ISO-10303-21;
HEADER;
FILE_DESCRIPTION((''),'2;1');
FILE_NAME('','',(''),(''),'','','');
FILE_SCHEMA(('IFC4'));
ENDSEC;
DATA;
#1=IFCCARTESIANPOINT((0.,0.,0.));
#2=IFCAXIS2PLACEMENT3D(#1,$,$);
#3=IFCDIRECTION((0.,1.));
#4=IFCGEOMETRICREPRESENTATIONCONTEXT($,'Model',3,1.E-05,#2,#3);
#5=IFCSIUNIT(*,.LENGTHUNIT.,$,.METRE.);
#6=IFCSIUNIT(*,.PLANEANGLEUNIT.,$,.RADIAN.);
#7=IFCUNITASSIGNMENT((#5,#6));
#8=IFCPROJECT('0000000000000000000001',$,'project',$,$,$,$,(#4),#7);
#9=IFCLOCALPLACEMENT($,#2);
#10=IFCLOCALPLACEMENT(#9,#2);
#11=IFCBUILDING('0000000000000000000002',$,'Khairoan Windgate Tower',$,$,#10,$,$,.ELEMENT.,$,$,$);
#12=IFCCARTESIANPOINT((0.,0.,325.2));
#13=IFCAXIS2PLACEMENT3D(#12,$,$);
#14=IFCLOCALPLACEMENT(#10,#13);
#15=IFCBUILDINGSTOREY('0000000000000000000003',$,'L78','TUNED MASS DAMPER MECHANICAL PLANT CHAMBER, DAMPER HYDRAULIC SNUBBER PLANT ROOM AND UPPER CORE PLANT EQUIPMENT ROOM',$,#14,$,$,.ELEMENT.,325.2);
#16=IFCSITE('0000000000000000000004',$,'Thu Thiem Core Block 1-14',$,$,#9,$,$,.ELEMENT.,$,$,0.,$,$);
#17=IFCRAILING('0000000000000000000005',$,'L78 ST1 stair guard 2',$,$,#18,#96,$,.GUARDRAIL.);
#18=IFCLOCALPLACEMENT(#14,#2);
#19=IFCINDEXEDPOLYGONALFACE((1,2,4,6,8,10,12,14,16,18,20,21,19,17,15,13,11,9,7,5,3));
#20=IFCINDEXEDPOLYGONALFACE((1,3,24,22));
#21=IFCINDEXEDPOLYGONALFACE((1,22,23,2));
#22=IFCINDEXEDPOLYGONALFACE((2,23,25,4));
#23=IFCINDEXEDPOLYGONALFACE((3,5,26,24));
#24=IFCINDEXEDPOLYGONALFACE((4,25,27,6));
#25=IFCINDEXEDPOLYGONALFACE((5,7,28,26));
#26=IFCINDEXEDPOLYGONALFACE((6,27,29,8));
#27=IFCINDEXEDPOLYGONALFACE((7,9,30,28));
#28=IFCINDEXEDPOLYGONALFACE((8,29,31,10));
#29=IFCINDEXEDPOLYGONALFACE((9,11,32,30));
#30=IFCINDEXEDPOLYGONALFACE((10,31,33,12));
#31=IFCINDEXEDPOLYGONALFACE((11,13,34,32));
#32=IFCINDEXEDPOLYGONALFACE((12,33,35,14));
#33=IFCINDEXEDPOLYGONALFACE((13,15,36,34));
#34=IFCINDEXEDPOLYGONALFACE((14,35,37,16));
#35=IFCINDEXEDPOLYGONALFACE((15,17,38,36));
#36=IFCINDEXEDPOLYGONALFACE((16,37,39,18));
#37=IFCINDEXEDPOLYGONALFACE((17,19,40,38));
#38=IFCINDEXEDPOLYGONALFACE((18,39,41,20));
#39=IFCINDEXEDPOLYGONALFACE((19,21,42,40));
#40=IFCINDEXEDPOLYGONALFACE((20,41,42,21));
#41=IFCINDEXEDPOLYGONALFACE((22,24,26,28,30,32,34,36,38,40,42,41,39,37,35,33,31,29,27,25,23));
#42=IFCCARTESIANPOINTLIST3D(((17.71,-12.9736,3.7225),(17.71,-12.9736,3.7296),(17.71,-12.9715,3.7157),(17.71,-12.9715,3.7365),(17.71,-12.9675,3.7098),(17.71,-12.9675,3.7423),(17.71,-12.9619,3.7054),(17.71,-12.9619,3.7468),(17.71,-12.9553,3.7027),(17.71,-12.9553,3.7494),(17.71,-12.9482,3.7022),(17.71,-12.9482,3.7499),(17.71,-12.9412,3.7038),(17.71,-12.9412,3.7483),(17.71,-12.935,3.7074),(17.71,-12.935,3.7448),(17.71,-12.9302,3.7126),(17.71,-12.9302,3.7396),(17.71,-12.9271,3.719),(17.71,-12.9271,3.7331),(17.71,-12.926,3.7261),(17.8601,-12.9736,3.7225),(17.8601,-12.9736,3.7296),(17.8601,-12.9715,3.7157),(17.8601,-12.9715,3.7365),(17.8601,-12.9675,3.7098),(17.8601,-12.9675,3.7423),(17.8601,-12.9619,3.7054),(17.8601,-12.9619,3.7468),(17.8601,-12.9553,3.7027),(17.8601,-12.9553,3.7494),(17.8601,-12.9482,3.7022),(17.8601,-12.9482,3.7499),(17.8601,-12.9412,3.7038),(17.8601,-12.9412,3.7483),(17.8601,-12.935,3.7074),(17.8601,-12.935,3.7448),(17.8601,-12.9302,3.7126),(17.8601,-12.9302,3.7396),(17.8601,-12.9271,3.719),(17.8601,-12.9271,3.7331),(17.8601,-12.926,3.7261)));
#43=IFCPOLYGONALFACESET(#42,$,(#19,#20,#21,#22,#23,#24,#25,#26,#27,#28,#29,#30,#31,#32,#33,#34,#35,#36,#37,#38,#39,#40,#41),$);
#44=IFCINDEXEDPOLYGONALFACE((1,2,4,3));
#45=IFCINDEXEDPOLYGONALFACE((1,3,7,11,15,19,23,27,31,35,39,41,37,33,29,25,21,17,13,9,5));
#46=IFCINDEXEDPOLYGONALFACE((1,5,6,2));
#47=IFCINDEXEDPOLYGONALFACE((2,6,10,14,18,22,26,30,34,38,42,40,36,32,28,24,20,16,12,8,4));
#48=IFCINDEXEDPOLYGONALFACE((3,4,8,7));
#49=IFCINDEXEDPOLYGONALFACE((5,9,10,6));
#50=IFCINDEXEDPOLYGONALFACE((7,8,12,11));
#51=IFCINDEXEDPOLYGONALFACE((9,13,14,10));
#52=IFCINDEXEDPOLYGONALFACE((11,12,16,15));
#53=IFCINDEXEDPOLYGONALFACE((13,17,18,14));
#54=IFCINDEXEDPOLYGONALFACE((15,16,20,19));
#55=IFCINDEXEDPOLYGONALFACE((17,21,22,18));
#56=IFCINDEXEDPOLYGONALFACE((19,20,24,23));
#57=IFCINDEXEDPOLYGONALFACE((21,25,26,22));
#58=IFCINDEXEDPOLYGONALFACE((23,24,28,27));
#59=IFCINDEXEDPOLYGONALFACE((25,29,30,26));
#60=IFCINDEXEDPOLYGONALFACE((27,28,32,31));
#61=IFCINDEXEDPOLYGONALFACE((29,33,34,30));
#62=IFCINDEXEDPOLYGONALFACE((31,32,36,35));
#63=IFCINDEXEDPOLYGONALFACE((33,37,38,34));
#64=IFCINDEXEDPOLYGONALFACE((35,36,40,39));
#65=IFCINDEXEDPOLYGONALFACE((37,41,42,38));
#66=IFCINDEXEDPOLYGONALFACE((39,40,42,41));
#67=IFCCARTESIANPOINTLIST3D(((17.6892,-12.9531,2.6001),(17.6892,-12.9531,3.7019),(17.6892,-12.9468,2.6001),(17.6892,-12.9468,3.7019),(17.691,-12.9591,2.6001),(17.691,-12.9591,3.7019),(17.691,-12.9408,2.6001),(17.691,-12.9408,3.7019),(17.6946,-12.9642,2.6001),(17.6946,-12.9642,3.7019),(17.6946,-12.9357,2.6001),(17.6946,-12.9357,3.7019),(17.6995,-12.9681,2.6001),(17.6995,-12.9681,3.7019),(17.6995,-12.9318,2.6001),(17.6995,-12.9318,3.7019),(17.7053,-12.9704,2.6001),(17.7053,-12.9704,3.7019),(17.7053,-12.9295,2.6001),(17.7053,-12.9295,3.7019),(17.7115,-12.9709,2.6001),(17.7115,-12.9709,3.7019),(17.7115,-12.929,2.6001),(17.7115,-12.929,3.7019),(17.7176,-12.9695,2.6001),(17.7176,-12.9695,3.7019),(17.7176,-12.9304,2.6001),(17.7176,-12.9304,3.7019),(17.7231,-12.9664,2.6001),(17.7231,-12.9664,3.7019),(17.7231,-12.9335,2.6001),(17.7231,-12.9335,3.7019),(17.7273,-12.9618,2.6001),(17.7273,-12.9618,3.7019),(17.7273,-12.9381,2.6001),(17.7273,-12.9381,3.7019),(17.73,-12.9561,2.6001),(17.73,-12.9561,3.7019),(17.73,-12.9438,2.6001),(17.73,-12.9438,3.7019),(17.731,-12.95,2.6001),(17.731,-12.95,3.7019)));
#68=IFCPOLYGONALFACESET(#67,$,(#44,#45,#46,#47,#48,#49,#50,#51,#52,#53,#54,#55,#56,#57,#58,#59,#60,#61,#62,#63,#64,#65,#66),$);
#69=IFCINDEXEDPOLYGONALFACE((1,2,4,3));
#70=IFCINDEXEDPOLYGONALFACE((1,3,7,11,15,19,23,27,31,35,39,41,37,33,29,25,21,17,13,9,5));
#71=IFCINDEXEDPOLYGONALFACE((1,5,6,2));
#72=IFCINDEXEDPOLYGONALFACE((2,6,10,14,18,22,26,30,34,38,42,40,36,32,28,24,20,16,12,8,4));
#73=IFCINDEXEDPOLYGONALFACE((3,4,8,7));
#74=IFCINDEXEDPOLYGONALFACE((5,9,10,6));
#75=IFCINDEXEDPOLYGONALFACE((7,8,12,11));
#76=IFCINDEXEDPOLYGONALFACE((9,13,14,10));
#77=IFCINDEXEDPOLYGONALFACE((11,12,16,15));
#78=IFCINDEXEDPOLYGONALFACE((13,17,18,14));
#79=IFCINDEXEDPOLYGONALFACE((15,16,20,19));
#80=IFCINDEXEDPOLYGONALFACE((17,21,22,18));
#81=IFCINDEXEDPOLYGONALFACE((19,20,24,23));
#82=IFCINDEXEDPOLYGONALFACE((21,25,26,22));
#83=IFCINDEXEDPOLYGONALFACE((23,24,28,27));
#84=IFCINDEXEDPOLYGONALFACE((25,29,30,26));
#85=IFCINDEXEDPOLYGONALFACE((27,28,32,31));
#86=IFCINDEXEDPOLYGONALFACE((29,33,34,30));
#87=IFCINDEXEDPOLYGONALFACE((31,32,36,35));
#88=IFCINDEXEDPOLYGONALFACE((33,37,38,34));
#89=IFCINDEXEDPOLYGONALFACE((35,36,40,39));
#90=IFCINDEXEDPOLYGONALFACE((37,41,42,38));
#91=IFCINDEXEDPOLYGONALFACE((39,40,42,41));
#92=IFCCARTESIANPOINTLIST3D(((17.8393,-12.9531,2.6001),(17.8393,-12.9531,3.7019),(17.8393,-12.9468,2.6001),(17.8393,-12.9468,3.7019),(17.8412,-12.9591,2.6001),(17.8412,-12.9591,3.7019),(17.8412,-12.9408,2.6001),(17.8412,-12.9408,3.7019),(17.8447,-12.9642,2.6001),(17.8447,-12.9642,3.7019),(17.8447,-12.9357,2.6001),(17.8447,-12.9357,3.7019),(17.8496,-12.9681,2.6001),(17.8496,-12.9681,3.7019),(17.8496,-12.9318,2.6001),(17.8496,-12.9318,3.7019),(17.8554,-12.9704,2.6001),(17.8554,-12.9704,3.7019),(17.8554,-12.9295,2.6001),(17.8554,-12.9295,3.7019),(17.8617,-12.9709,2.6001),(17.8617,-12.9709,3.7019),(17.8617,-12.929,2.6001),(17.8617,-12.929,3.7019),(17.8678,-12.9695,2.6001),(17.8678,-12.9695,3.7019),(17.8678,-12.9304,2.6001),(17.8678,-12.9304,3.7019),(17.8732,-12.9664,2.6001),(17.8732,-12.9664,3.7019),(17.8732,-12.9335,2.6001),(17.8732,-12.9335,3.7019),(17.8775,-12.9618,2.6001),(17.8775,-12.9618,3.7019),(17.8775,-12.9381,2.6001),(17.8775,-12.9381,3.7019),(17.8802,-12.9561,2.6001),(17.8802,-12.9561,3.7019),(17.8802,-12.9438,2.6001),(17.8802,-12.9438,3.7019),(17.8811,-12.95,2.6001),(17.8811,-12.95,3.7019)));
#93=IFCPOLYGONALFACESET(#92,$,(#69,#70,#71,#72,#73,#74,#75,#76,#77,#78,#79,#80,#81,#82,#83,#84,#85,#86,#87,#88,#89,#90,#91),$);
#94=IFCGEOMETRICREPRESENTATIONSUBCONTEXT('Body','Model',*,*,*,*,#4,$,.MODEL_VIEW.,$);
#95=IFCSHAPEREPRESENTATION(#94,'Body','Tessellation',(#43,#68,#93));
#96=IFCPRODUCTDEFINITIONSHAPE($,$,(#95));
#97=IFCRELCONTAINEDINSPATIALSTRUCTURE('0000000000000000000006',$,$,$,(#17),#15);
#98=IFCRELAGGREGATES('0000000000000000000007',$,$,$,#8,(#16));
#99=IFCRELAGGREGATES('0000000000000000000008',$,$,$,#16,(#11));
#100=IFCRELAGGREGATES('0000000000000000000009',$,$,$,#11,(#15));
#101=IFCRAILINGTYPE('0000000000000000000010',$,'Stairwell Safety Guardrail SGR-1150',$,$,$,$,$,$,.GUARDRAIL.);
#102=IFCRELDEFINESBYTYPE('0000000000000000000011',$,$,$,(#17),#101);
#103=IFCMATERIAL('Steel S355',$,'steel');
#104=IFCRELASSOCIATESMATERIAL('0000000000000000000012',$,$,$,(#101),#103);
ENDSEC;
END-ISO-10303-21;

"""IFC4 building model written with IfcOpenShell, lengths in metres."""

from ifc_helpers import new_model, si_unit, direction, frame, origin, origin_2d, place, context, subcontext, project, spatial, circle, extrude, material, type_object, element, save


model = new_model("IFC4")

# Units and contexts
model_context = context("Model", 3, precision=1e-05, world=origin(), true_north=direction((0.0, 1.0)))
body_context = subcontext(model_context, "Body", "Model", "MODEL_VIEW")
ifc_project = project(units=[si_unit("LENGTHUNIT", "METRE"), si_unit("PLANEANGLEUNIT", "RADIAN")], contexts=[model_context])

# Site, building, storey
site_placement = place(None, origin())
site = spatial("IfcSite", under=ifc_project, at=site_placement, Name="Thu Thiem Core Block 1-14", CompositionType="ELEMENT", RefElevation=0.0)
building_placement = place(site_placement, origin())
building = spatial("IfcBuilding", under=site, at=building_placement, Name="Khairoan Windgate Tower", CompositionType="ELEMENT")
storey_placement = place(building_placement, frame((0.0, 0.0, 325.2)))
storey = spatial("IfcBuildingStorey", under=building, at=storey_placement, Name="L78", Description="TUNED MASS DAMPER MECHANICAL PLANT CHAMBER, DAMPER HYDRAULIC SNUBBER PLANT ROOM AND UPPER CORE PLANT EQUIPMENT ROOM", CompositionType="ELEMENT", Elevation=325.2)

# Railing
ifc_material_1 = material(Name="Steel S355", Category="steel")
railing_type_1 = type_object("IfcRailingType", Name="Stairwell Safety Guardrail SGR-1150", PredefinedType="GUARDRAIL", material=ifc_material_1)
railing_1_placement = place(storey_placement, frame((17.71, -12.95, 2.6001)))
element("IfcRailing", 1, at=railing_1_placement, inside=storey, type_object=railing_type_1, Name="L78 ST1 stair guard 2", PredefinedType="GUARDRAIL", context=body_context, shape_type="SweptSolid", body=[
    extrude(circle(Radius=0.0239, at=origin_2d()), frame((0.0, 0.0, 1.126), z_axis=(1.0, 0.0, 0.0), x_axis=(0.0, 1.0, 0.0)), (0.0, 0.0, 1.0), 0.1501),
    extrude(circle(Radius=0.021, at=origin_2d()), origin(), (0.0, 0.0, 1.0), 1.1018),
    extrude(circle(Radius=0.021, at=origin_2d()), frame((0.1501, 0.0, 0.0)), (0.0, 0.0, 1.0), 1.1018),
])

save(model, "model.ifc")
